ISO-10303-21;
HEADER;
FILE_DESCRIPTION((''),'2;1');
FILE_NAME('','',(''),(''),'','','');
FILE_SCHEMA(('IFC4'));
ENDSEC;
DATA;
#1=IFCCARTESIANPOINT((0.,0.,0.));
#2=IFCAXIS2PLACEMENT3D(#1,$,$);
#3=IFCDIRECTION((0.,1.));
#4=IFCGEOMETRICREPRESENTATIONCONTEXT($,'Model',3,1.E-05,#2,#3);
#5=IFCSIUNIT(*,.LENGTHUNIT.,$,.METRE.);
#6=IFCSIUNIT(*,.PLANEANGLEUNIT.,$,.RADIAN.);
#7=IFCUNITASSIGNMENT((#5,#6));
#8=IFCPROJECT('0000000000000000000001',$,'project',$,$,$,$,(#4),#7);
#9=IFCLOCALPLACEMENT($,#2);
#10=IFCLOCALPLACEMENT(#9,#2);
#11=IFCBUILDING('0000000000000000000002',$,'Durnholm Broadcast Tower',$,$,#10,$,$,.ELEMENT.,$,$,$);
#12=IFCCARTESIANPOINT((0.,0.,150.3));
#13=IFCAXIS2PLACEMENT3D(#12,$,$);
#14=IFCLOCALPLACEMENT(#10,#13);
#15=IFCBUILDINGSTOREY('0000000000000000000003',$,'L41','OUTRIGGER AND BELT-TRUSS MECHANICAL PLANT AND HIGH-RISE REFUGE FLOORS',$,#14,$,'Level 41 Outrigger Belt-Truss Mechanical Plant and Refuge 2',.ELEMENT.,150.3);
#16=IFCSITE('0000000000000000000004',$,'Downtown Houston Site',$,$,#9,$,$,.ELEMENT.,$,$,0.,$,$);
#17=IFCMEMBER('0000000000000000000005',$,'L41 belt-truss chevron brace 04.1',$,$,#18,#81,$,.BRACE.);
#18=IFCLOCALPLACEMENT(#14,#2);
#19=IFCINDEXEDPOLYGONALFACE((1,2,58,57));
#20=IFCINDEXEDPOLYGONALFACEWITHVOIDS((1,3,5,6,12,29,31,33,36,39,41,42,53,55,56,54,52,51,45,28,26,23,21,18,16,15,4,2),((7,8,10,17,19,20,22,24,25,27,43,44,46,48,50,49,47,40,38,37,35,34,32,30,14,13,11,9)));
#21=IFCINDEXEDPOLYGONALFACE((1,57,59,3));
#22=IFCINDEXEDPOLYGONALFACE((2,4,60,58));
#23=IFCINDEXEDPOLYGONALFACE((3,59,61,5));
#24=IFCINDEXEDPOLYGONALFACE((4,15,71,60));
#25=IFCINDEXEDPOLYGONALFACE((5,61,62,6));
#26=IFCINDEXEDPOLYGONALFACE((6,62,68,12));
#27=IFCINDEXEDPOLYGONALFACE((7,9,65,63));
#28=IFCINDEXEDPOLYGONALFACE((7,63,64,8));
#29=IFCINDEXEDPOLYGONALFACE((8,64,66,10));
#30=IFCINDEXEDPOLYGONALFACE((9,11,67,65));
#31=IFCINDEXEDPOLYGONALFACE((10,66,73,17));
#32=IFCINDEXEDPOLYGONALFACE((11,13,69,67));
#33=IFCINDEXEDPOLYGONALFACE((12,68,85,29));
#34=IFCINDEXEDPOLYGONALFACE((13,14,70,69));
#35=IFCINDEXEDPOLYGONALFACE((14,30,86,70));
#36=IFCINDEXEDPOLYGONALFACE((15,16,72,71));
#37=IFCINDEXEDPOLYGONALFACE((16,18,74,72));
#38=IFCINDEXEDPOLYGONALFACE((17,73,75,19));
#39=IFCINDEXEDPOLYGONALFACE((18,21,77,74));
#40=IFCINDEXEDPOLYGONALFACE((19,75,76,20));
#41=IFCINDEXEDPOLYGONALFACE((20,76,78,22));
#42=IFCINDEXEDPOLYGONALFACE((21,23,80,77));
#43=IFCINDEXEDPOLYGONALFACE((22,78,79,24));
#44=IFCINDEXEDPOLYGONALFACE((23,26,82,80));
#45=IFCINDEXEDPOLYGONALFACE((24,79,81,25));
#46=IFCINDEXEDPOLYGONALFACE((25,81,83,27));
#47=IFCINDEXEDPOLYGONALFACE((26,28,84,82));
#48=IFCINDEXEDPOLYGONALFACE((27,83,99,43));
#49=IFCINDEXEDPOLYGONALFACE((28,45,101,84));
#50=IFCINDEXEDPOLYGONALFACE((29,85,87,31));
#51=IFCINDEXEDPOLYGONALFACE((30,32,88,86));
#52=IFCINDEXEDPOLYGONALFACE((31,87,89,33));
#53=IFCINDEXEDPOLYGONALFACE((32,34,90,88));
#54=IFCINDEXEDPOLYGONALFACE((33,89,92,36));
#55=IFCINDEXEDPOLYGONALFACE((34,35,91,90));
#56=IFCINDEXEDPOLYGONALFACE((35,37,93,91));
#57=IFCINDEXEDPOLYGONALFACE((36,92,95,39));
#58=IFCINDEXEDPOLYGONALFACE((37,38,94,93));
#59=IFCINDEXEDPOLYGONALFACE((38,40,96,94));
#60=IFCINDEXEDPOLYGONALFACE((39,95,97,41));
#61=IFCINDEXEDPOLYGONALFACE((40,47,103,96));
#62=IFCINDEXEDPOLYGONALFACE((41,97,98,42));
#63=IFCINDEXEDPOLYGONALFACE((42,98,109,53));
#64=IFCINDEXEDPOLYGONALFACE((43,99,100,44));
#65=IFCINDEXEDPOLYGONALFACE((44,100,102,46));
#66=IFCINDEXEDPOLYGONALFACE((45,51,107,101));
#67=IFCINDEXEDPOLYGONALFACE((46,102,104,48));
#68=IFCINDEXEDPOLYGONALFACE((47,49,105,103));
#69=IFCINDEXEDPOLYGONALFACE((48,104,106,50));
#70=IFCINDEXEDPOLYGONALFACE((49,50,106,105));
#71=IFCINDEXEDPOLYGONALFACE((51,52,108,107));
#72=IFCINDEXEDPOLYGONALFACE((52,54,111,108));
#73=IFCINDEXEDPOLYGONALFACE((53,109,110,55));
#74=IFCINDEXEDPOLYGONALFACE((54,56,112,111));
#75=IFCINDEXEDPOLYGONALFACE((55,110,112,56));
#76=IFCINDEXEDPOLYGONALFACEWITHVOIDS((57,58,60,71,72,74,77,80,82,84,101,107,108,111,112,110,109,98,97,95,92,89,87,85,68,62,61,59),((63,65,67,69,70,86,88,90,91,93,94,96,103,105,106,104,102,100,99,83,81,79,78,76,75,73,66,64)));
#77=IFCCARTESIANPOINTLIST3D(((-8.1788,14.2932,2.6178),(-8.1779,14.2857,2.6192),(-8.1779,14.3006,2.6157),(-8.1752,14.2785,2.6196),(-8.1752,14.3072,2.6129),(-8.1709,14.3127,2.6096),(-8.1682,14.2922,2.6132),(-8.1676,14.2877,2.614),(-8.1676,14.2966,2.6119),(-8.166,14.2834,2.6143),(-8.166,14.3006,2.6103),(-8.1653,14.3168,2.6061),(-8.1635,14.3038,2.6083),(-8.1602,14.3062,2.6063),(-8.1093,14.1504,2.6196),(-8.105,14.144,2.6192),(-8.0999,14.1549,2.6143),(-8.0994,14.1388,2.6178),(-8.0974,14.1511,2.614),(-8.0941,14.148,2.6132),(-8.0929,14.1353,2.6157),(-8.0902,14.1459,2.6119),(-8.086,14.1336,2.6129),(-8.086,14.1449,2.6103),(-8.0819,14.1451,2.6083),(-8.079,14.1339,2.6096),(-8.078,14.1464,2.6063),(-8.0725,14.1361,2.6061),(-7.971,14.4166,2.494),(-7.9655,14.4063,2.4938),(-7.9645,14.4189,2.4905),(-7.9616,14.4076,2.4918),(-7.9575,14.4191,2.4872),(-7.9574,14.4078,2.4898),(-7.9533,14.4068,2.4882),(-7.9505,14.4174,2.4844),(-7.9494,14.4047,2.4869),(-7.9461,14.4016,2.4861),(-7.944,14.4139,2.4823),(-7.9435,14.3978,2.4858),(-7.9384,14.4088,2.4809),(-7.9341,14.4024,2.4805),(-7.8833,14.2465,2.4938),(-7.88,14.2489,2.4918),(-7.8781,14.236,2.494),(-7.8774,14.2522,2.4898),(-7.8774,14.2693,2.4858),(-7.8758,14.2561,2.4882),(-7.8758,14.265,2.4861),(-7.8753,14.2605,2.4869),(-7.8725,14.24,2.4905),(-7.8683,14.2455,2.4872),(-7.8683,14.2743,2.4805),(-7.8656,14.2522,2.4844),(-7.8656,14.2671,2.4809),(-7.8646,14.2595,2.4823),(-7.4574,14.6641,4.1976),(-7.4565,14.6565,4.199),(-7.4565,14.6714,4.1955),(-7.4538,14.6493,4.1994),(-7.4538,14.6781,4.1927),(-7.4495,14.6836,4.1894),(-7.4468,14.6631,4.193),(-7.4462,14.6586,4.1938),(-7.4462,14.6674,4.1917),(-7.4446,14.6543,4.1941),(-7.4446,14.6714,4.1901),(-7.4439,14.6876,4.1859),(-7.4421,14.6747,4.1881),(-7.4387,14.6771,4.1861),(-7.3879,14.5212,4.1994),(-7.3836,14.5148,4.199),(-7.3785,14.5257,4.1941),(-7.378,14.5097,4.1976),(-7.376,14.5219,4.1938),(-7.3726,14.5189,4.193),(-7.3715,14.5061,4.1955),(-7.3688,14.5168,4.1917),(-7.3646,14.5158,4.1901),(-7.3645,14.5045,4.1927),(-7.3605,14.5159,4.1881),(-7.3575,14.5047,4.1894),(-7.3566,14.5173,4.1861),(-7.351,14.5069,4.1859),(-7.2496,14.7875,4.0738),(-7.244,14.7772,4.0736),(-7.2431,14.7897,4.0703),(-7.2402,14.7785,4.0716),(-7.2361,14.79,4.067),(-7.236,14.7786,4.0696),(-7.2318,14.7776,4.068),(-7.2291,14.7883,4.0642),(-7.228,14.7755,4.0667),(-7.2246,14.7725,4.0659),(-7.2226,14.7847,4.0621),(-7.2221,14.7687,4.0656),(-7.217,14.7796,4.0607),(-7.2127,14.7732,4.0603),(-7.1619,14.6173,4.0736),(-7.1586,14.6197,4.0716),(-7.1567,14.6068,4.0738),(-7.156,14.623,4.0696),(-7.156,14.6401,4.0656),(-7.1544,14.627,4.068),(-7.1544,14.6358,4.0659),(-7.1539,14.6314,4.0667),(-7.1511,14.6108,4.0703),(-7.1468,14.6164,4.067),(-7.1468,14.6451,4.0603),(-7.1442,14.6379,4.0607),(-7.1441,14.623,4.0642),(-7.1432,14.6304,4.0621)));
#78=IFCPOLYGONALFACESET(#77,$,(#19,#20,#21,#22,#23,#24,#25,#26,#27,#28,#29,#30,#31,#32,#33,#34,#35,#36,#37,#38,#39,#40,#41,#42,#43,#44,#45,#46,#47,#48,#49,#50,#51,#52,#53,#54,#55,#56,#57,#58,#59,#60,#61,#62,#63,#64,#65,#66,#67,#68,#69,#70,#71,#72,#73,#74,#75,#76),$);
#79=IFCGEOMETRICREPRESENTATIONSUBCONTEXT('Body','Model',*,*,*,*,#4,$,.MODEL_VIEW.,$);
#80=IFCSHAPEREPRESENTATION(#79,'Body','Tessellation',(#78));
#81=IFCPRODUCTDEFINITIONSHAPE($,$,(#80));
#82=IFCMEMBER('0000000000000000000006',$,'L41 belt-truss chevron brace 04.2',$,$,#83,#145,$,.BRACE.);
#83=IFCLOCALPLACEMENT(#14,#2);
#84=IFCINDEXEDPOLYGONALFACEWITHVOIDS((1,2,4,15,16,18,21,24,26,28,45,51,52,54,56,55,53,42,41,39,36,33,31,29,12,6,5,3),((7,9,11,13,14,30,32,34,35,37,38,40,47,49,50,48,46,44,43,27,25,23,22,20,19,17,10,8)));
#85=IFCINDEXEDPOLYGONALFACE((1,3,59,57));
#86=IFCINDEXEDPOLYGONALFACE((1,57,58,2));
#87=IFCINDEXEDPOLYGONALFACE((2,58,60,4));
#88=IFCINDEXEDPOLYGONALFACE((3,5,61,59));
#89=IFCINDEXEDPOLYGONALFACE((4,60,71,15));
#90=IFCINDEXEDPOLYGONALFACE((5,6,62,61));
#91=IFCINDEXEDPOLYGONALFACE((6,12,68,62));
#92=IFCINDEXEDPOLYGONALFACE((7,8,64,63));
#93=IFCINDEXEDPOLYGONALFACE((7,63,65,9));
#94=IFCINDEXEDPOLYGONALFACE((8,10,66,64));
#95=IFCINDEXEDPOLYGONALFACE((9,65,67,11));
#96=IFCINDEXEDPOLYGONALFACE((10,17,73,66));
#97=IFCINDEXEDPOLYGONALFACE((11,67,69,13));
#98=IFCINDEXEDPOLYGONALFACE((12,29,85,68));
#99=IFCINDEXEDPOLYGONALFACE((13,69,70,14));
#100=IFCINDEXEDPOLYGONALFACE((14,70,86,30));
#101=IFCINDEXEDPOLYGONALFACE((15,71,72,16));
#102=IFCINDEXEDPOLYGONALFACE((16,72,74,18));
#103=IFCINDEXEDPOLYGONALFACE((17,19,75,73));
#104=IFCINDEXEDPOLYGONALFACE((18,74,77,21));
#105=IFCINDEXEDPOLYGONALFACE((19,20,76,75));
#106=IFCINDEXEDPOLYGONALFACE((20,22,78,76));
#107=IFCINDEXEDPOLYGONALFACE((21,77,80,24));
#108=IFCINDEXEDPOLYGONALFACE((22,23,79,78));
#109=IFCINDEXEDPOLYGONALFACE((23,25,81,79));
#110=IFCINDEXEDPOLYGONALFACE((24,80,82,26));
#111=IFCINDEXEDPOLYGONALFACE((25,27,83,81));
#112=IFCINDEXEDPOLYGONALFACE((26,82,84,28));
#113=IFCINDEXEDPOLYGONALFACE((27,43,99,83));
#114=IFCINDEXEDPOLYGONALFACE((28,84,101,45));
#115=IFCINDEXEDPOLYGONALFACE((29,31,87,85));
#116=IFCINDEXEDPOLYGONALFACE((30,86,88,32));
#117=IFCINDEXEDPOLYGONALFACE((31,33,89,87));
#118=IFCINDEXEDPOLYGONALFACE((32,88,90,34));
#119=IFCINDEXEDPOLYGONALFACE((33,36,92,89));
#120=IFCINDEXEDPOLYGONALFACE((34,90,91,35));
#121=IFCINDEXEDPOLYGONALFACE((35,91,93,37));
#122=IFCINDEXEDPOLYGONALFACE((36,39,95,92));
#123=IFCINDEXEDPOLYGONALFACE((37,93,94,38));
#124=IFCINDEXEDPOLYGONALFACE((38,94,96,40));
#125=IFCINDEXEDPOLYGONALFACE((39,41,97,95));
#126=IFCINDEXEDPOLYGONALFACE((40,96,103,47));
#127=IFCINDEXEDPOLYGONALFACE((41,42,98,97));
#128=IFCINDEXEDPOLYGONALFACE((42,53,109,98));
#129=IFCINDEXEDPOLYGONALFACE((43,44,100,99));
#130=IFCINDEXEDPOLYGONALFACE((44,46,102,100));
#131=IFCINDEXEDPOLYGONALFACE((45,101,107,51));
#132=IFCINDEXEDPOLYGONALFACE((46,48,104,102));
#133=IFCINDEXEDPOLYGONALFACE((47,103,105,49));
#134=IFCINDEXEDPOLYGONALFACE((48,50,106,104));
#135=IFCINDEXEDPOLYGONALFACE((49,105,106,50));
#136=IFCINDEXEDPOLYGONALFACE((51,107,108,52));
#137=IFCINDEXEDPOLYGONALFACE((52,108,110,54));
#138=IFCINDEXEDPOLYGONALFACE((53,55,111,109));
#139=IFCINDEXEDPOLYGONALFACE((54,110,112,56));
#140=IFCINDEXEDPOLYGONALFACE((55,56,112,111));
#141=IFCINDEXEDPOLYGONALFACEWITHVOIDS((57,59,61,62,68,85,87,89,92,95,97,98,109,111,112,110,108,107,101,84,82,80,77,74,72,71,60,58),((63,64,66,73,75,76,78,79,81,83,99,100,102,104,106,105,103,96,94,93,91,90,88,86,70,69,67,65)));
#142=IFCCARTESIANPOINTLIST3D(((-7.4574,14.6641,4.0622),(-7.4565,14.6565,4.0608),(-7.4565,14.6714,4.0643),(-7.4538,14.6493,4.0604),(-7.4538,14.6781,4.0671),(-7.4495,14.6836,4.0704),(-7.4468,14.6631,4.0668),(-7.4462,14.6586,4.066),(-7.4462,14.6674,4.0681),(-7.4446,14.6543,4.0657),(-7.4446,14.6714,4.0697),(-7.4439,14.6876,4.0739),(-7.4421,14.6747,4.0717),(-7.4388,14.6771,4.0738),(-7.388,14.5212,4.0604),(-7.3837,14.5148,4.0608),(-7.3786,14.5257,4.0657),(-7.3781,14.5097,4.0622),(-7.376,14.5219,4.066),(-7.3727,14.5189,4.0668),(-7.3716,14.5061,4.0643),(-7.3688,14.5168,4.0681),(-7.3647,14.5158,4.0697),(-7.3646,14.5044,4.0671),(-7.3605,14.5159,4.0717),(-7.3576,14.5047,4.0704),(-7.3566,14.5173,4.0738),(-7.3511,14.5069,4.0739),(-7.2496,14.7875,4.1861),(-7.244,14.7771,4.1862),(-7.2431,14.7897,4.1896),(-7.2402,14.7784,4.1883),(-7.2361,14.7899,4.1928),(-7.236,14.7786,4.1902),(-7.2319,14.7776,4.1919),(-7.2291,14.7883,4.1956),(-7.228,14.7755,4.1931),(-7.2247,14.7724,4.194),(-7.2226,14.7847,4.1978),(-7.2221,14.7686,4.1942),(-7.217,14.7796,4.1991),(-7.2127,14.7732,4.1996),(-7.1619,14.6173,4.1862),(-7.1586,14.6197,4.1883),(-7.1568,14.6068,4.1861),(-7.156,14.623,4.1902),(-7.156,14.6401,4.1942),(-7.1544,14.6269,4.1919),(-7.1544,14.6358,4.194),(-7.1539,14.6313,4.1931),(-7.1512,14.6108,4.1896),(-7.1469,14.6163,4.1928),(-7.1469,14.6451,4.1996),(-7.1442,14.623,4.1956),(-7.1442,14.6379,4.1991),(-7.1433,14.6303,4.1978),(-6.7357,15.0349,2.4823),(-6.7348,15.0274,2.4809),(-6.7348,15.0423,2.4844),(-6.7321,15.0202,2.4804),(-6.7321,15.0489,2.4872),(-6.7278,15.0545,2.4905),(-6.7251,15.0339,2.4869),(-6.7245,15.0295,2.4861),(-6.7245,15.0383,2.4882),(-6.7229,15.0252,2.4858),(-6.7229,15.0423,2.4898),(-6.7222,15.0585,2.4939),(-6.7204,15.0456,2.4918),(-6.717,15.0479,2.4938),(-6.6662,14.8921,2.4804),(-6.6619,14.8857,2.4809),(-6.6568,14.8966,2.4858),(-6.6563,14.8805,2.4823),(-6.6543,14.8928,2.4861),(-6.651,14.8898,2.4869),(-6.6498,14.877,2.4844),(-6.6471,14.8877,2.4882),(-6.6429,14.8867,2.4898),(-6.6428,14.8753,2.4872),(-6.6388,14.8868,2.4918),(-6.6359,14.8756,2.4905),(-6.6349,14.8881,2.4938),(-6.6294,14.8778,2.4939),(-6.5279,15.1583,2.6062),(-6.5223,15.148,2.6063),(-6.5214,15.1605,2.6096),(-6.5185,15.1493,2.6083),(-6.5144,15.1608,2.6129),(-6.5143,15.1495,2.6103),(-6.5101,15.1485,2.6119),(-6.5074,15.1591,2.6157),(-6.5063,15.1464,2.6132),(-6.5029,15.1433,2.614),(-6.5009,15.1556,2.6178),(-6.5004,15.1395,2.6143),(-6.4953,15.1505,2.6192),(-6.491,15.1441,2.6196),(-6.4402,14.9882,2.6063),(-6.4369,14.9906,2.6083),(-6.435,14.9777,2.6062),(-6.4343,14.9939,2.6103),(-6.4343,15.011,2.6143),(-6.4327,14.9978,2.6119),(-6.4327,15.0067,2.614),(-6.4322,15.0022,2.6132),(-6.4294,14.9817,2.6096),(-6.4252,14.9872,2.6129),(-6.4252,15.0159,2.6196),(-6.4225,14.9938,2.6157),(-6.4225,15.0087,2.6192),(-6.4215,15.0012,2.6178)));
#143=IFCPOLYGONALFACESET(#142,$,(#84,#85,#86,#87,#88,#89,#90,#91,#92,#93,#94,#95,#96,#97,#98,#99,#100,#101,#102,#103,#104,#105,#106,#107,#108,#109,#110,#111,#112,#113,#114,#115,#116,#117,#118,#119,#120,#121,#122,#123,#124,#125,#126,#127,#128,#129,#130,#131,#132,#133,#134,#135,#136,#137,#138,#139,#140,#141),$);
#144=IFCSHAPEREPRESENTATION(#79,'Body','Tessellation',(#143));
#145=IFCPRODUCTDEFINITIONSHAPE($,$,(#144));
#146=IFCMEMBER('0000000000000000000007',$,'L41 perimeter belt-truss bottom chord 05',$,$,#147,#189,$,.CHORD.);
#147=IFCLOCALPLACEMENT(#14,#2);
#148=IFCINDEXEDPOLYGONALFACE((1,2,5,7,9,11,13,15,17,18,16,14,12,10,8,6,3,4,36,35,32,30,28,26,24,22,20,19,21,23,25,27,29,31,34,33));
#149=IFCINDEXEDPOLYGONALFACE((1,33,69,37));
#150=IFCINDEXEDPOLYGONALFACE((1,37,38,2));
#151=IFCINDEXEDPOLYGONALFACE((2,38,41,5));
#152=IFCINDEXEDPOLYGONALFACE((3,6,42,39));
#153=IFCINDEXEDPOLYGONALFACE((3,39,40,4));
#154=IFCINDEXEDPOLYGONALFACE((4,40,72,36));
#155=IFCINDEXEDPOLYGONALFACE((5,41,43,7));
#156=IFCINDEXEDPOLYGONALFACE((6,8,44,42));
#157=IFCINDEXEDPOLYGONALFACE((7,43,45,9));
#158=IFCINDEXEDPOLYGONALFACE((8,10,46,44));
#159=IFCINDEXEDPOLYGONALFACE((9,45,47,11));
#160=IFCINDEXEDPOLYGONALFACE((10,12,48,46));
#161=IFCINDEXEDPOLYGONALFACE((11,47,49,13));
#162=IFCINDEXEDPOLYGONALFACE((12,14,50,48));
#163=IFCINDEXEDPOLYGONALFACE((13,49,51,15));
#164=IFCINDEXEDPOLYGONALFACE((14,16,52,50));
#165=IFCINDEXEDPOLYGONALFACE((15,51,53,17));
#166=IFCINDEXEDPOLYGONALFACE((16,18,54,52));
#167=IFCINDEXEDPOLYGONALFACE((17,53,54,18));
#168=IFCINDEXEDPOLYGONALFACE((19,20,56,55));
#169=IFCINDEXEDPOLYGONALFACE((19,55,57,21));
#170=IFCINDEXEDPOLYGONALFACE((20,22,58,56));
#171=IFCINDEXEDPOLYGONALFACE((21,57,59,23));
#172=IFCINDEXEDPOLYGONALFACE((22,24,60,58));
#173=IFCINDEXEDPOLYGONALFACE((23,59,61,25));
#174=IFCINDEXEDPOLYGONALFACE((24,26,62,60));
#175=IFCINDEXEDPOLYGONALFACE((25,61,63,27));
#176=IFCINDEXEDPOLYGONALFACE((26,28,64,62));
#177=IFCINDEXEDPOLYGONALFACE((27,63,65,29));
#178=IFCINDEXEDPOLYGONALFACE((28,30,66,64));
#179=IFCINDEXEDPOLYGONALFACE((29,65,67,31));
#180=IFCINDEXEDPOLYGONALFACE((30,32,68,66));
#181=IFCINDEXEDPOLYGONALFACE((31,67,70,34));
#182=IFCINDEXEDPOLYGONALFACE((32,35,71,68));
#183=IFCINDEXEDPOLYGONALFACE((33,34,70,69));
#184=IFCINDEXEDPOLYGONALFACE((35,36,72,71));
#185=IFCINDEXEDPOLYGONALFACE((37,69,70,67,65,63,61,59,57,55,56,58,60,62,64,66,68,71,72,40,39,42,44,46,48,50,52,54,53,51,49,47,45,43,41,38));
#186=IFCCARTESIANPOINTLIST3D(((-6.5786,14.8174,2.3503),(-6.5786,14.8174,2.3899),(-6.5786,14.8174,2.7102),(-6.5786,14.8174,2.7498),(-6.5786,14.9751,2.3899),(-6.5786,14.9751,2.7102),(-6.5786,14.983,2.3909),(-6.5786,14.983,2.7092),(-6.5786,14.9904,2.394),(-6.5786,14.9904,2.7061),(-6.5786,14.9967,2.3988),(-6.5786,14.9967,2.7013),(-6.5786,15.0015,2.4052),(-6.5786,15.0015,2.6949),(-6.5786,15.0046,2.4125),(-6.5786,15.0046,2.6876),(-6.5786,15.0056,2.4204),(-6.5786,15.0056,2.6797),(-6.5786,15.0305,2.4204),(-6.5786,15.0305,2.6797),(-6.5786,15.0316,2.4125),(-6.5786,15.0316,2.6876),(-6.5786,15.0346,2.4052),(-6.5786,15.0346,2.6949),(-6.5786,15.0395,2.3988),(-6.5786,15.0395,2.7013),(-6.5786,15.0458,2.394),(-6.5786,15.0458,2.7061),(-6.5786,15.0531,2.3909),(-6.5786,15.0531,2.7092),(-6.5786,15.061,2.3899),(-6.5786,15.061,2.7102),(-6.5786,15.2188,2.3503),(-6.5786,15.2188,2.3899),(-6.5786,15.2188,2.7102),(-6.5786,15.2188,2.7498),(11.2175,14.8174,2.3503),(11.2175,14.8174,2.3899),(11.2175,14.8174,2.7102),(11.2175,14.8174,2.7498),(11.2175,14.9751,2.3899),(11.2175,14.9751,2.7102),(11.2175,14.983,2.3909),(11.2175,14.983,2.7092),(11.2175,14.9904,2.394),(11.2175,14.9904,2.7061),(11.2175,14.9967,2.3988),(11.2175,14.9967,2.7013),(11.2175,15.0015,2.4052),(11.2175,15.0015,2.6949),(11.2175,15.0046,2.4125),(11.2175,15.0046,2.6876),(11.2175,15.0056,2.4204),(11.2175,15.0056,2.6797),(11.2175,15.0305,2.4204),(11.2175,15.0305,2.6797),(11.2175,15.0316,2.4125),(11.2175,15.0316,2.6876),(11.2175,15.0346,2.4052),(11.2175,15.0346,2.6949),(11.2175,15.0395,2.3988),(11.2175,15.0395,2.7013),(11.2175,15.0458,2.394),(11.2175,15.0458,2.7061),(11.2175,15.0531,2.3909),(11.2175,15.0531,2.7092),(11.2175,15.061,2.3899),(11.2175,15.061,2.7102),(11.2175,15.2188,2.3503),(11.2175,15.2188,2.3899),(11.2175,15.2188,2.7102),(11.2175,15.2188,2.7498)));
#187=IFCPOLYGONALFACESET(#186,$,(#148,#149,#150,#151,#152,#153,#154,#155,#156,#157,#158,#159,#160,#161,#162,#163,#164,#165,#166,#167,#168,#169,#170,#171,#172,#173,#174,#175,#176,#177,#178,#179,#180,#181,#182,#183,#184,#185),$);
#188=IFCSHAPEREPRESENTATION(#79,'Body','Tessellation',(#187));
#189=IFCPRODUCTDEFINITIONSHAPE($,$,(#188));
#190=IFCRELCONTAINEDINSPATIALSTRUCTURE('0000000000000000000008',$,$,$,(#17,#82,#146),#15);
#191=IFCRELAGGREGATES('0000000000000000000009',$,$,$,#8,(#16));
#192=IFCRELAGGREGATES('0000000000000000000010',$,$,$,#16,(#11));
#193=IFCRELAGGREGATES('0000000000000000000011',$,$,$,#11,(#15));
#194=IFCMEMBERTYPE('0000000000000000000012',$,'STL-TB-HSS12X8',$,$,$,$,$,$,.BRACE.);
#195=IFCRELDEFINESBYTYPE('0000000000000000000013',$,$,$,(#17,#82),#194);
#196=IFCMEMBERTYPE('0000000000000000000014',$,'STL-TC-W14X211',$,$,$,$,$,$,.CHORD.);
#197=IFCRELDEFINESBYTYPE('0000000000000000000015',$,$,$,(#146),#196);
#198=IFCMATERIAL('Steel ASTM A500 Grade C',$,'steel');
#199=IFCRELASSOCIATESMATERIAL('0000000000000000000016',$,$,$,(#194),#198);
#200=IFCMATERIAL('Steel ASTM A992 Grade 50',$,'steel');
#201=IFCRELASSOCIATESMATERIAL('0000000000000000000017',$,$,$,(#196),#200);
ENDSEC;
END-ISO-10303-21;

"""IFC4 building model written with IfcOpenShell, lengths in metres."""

from ifc_helpers import new_model, si_unit, direction, frame, origin, origin_2d, place, context, subcontext, project, spatial, hollow_rectangle, i_section, extrude, source, transform, mapped, material, material_profile, profile_set, type_object, type_shapes, element, save


model = new_model("IFC4")

# Units and contexts
model_context = context("Model", 3, precision=1e-05, world=origin(), true_north=direction((0.0, 1.0)))
body_context = subcontext(model_context, "Body", "Model", "MODEL_VIEW")
ifc_project = project(units=[si_unit("LENGTHUNIT", "METRE"), si_unit("PLANEANGLEUNIT", "RADIAN")], contexts=[model_context])

# Site, building, storey
site_placement = place(None, origin())
site = spatial("IfcSite", under=ifc_project, at=site_placement, Name="Downtown Houston Site", CompositionType="ELEMENT", RefElevation=0.0)
building_placement = place(site_placement, origin())
building = spatial("IfcBuilding", under=site, at=building_placement, Name="Durnholm Broadcast Tower", CompositionType="ELEMENT")
storey_placement = place(building_placement, frame((0.0, 0.0, 150.3)))
storey = spatial("IfcBuildingStorey", under=building, at=storey_placement, Name="L41", Description="OUTRIGGER AND BELT-TRUSS MECHANICAL PLANT AND HIGH-RISE REFUGE FLOORS", LongName="Level 41 Outrigger Belt-Truss Mechanical Plant and Refuge 2", CompositionType="ELEMENT", Elevation=150.3)

# Shared definitions
ifc_material_1 = material(Name="Steel ASTM A992 Grade 50", Category="steel")

# Members
ifc_material_2 = material(Name="Steel ASTM A500 Grade C", Category="steel")
ifc_material_profile_1 = material_profile(ifc_material_2, hollow_rectangle(XDim=0.2031, YDim=0.3047, WallThickness=0.0117, InnerFilletRadius=0.0176, OuterFilletRadius=0.0295, at=origin_2d()), Name="HSS12X8X1/2")
ifc_profile_set_1 = profile_set([ifc_material_profile_1], Name="Steel ASTM A500 Grade C")
member_type_1 = type_object("IfcMemberType", Name="STL-TB-HSS12X8", PredefinedType="BRACE", material=ifc_profile_set_1)
shared_shape_1 = source(origin(), body_context, "Body", "SweptSolid", [
    extrude(hollow_rectangle(XDim=0.2031, YDim=0.3047, WallThickness=0.0117, InnerFilletRadius=0.0176, OuterFilletRadius=0.0295, at=origin_2d()), origin(), (0.0, 0.0, 1.0), 1.7759),
])
member_1_placement = place(storey_placement, frame((-8.0217, 14.2764, 2.55), z_axis=(0.406233, 0.208822, 0.889589), x_axis=(-0.457178, 0.889375, 0.0)))
element("IfcMember", 1, at=member_1_placement, inside=storey, type_object=member_type_1, Name="L41 belt-truss chevron brace 04.1", PredefinedType="BRACE", context=body_context, shape_type="MappedRepresentation", body=[
    mapped(shared_shape_1, transform((0.0, 0.0, 0.0), x_axis=(1.0, 0.0, 0.0), y_axis=(0.0, 1.0, 0.0), z_axis=(0.0, 0.0, 1.0), scale=1.0)),
])
shared_shape_2 = source(origin(), body_context, "Body", "SweptSolid", [
    extrude(hollow_rectangle(XDim=0.2031, YDim=0.3047, WallThickness=0.0117, InnerFilletRadius=0.0176, OuterFilletRadius=0.0295, at=origin_2d()), origin(), (0.0, 0.0, 1.0), 1.7761),
])
type_shapes(member_type_1, [shared_shape_1, shared_shape_2])
member_2_placement = place(storey_placement, frame((-6.5786, 15.0181, 2.55), z_axis=(-0.406348, -0.20881, 0.889539), x_axis=(0.457056, -0.889438, 0.0)))
element("IfcMember", 2, at=member_2_placement, inside=storey, type_object=member_type_1, Name="L41 belt-truss chevron brace 04.2", PredefinedType="BRACE", context=body_context, shape_type="MappedRepresentation", body=[
    mapped(shared_shape_2, transform((0.0, 0.0, 0.0), x_axis=(1.0, 0.0, 0.0), y_axis=(0.0, 1.0, 0.0), z_axis=(0.0, 0.0, 1.0), scale=1.0)),
])
ifc_material_profile_2 = material_profile(ifc_material_1, i_section(OverallWidth=0.4014, OverallDepth=0.3994, WebThickness=0.0249, FlangeThickness=0.0396, FilletRadius=0.0305, at=origin_2d()), Name="W14X211")
ifc_profile_set_2 = profile_set([ifc_material_profile_2], Name="Steel ASTM A992 Grade 50")
member_type_2 = type_object("IfcMemberType", Name="STL-TC-W14X211", PredefinedType="CHORD", material=ifc_profile_set_2)
shared_shape_3 = source(origin(), body_context, "Body", "SweptSolid", [
    extrude(i_section(OverallWidth=0.4014, OverallDepth=0.3994, WebThickness=0.0249, FlangeThickness=0.0396, FilletRadius=0.0305, at=origin_2d()), origin(), (0.0, 0.0, 1.0), 17.7961),
])
type_shapes(member_type_2, [shared_shape_3])
member_3_placement = place(storey_placement, frame((-6.5786, 15.0181, 2.55), z_axis=(1.0, 0.0, 0.0), x_axis=(0.0, 1.0, 0.0)))
element("IfcMember", 3, at=member_3_placement, inside=storey, type_object=member_type_2, Name="L41 perimeter belt-truss bottom chord 05", PredefinedType="CHORD", context=body_context, shape_type="MappedRepresentation", body=[
    mapped(shared_shape_3, transform((0.0, 0.0, 0.0), x_axis=(1.0, 0.0, 0.0), y_axis=(0.0, 1.0, 0.0), z_axis=(0.0, 0.0, 1.0), scale=1.0)),
])

save(model, "model.ifc")
